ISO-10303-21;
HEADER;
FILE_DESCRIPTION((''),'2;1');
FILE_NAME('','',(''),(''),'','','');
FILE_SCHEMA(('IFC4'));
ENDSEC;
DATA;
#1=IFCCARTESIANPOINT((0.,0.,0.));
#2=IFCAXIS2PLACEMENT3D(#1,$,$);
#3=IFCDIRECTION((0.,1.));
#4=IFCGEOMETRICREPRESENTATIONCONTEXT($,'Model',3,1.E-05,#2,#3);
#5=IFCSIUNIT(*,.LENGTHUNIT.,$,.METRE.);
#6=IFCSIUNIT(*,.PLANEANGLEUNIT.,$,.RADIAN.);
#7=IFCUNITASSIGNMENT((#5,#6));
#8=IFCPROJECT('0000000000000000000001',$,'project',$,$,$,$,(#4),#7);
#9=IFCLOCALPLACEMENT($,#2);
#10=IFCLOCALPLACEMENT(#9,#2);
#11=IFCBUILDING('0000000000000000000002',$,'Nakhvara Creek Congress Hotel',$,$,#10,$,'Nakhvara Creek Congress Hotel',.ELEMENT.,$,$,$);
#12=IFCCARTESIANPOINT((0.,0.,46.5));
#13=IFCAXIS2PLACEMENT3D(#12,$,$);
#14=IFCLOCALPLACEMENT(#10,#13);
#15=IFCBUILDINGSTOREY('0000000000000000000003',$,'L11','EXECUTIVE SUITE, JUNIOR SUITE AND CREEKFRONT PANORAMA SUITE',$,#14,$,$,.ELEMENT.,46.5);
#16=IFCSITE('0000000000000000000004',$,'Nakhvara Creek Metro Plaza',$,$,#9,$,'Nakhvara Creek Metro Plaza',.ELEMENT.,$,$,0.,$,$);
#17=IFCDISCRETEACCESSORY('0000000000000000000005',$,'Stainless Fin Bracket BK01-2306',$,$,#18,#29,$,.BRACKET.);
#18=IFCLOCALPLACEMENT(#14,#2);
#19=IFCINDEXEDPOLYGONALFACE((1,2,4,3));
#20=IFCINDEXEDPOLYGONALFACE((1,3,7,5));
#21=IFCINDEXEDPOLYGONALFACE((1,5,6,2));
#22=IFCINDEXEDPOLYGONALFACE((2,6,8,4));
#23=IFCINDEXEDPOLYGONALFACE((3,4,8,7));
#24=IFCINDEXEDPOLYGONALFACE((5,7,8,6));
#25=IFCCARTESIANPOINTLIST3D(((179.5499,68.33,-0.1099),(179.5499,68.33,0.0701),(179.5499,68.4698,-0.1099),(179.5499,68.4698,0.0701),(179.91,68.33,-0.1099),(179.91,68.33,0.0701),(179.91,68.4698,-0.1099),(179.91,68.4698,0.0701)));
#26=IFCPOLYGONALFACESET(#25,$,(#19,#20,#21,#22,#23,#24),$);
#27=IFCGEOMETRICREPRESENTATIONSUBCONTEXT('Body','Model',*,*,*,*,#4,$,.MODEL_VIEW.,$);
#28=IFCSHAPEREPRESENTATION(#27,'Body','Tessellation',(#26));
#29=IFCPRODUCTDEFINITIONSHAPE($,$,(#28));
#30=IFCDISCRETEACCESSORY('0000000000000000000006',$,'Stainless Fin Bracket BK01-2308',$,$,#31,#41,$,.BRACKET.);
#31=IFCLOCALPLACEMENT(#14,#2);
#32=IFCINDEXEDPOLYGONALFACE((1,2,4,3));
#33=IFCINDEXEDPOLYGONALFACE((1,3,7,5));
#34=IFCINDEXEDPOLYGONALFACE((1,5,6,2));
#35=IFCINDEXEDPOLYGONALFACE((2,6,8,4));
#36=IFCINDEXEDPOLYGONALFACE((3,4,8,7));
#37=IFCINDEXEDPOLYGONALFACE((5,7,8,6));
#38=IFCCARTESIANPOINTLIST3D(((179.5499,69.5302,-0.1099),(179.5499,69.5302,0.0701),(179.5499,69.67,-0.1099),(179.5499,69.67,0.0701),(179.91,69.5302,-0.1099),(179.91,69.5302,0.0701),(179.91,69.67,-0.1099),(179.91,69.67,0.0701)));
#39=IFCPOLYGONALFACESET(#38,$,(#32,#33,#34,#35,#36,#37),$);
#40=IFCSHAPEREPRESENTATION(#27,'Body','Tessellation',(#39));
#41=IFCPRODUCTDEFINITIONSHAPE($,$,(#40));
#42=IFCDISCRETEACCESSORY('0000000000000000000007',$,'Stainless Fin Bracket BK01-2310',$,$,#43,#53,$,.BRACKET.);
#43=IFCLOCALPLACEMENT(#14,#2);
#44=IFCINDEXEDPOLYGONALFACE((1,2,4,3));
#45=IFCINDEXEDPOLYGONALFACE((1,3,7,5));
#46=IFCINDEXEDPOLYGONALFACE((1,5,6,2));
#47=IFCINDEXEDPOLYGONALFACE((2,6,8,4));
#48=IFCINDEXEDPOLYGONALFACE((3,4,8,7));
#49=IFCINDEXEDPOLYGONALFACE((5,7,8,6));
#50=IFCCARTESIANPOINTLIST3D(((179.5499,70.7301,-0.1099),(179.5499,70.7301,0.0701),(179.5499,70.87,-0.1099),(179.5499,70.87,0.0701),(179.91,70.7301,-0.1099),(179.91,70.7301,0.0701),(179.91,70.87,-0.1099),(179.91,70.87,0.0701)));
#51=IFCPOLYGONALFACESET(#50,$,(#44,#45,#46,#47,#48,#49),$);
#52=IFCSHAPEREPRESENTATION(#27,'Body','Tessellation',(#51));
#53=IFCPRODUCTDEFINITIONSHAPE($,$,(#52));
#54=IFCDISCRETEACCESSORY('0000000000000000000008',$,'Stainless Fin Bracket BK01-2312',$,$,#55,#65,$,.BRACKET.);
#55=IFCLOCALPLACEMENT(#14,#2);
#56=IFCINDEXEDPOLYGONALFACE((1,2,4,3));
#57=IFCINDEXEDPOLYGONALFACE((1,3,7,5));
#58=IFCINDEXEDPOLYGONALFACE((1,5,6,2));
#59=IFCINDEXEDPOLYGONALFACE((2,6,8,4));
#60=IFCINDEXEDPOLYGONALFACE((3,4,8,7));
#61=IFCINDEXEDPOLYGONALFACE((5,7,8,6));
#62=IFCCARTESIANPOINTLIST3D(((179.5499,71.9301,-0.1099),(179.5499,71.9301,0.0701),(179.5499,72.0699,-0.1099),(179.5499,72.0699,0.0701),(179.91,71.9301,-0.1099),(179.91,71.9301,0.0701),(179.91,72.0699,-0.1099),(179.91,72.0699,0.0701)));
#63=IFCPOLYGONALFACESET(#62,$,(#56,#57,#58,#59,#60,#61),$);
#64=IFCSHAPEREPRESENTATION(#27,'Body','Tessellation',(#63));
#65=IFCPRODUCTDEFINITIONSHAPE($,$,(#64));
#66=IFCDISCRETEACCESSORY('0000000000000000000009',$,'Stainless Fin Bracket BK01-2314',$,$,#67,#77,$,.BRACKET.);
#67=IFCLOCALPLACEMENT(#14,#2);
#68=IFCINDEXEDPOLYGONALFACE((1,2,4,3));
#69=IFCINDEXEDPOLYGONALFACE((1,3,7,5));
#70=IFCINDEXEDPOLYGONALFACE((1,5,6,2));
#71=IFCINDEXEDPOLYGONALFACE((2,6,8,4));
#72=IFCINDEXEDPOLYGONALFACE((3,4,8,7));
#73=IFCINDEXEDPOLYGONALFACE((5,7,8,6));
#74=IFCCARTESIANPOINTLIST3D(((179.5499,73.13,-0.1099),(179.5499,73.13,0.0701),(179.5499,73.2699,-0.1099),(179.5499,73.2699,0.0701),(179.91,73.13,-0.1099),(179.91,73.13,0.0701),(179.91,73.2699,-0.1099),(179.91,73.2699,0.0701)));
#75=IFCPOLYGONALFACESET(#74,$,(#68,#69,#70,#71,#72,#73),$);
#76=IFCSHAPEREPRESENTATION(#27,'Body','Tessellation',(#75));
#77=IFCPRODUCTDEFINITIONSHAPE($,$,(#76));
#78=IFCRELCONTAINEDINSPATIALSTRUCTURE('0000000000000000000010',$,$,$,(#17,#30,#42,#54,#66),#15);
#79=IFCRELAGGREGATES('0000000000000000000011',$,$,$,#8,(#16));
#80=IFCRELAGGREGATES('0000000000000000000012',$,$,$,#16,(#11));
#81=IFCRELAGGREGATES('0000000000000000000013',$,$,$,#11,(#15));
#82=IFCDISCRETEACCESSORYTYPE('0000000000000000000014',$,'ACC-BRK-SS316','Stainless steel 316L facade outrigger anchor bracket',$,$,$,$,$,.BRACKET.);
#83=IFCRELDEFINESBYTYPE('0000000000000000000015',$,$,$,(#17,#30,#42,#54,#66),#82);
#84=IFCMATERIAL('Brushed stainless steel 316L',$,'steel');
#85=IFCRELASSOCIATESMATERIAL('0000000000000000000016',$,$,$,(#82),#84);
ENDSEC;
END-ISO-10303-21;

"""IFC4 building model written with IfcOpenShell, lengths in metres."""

from ifc_helpers import new_model, si_unit, direction, frame, origin, origin_2d, place, context, subcontext, project, spatial, rectangle, extrude, material, type_object, element, save


model = new_model("IFC4")

# Units and contexts
model_context = context("Model", 3, precision=1e-05, world=origin(), true_north=direction((0.0, 1.0)))
body_context = subcontext(model_context, "Body", "Model", "MODEL_VIEW")
ifc_project = project(units=[si_unit("LENGTHUNIT", "METRE"), si_unit("PLANEANGLEUNIT", "RADIAN")], contexts=[model_context])

# Site, building, storey
site_placement = place(None, origin())
site = spatial("IfcSite", under=ifc_project, at=site_placement, Name="Nakhvara Creek Metro Plaza", LongName="Nakhvara Creek Metro Plaza", CompositionType="ELEMENT", RefElevation=0.0)
building_placement = place(site_placement, origin())
building = spatial("IfcBuilding", under=site, at=building_placement, Name="Nakhvara Creek Congress Hotel", LongName="Nakhvara Creek Congress Hotel", CompositionType="ELEMENT")
storey_placement = place(building_placement, frame((0.0, 0.0, 46.5)))
storey = spatial("IfcBuildingStorey", under=building, at=storey_placement, Name="L11", Description="EXECUTIVE SUITE, JUNIOR SUITE AND CREEKFRONT PANORAMA SUITE", CompositionType="ELEMENT", Elevation=46.5)

# Shared definitions
ifc_material_1 = material(Name="Brushed stainless steel 316L", Category="steel")

# Discrete accessories
discrete_accessory_type = type_object("IfcDiscreteAccessoryType", Name="ACC-BRK-SS316", Description="Stainless steel 316L facade outrigger anchor bracket", PredefinedType="BRACKET", material=ifc_material_1)
for number, where, z_axis, x_axis, name in (
    (1, (179.73, 68.3999, -0.1099), (0.0, 0.0, 1.0), (0.0, 1.0, 0.0), "Stainless Fin Bracket BK01-2306"),
    (2, (179.73, 69.6001, -0.1099), (0.0, 0.0, 1.0), (0.0, 1.0, 0.0), "Stainless Fin Bracket BK01-2308"),
    (3, (179.73, 70.8, -0.1099), (0.0, 0.0, 1.0), (0.0, 1.0, 0.0), "Stainless Fin Bracket BK01-2310"),
    (4, (179.73, 72.0, -0.1099), (0.0, 0.0, 1.0), (0.0, 1.0, 0.0), "Stainless Fin Bracket BK01-2312"),
    (5, (179.73, 73.2, -0.1099), (0.0, 0.0, 1.0), (0.0, 1.0, 0.0), "Stainless Fin Bracket BK01-2314"),
):
    element("IfcDiscreteAccessory", number, at=place(storey_placement, frame(where, z_axis=z_axis, x_axis=x_axis)), inside=storey, type_object=discrete_accessory_type, Name=name, PredefinedType="BRACKET", context=body_context, shape_type="SweptSolid", body=[
        extrude(rectangle(XDim=0.1399, YDim=0.3601, at=origin_2d()), origin(), (0.0, 0.0, 1.0), 0.1799),
    ])

save(model, "model.ifc")
